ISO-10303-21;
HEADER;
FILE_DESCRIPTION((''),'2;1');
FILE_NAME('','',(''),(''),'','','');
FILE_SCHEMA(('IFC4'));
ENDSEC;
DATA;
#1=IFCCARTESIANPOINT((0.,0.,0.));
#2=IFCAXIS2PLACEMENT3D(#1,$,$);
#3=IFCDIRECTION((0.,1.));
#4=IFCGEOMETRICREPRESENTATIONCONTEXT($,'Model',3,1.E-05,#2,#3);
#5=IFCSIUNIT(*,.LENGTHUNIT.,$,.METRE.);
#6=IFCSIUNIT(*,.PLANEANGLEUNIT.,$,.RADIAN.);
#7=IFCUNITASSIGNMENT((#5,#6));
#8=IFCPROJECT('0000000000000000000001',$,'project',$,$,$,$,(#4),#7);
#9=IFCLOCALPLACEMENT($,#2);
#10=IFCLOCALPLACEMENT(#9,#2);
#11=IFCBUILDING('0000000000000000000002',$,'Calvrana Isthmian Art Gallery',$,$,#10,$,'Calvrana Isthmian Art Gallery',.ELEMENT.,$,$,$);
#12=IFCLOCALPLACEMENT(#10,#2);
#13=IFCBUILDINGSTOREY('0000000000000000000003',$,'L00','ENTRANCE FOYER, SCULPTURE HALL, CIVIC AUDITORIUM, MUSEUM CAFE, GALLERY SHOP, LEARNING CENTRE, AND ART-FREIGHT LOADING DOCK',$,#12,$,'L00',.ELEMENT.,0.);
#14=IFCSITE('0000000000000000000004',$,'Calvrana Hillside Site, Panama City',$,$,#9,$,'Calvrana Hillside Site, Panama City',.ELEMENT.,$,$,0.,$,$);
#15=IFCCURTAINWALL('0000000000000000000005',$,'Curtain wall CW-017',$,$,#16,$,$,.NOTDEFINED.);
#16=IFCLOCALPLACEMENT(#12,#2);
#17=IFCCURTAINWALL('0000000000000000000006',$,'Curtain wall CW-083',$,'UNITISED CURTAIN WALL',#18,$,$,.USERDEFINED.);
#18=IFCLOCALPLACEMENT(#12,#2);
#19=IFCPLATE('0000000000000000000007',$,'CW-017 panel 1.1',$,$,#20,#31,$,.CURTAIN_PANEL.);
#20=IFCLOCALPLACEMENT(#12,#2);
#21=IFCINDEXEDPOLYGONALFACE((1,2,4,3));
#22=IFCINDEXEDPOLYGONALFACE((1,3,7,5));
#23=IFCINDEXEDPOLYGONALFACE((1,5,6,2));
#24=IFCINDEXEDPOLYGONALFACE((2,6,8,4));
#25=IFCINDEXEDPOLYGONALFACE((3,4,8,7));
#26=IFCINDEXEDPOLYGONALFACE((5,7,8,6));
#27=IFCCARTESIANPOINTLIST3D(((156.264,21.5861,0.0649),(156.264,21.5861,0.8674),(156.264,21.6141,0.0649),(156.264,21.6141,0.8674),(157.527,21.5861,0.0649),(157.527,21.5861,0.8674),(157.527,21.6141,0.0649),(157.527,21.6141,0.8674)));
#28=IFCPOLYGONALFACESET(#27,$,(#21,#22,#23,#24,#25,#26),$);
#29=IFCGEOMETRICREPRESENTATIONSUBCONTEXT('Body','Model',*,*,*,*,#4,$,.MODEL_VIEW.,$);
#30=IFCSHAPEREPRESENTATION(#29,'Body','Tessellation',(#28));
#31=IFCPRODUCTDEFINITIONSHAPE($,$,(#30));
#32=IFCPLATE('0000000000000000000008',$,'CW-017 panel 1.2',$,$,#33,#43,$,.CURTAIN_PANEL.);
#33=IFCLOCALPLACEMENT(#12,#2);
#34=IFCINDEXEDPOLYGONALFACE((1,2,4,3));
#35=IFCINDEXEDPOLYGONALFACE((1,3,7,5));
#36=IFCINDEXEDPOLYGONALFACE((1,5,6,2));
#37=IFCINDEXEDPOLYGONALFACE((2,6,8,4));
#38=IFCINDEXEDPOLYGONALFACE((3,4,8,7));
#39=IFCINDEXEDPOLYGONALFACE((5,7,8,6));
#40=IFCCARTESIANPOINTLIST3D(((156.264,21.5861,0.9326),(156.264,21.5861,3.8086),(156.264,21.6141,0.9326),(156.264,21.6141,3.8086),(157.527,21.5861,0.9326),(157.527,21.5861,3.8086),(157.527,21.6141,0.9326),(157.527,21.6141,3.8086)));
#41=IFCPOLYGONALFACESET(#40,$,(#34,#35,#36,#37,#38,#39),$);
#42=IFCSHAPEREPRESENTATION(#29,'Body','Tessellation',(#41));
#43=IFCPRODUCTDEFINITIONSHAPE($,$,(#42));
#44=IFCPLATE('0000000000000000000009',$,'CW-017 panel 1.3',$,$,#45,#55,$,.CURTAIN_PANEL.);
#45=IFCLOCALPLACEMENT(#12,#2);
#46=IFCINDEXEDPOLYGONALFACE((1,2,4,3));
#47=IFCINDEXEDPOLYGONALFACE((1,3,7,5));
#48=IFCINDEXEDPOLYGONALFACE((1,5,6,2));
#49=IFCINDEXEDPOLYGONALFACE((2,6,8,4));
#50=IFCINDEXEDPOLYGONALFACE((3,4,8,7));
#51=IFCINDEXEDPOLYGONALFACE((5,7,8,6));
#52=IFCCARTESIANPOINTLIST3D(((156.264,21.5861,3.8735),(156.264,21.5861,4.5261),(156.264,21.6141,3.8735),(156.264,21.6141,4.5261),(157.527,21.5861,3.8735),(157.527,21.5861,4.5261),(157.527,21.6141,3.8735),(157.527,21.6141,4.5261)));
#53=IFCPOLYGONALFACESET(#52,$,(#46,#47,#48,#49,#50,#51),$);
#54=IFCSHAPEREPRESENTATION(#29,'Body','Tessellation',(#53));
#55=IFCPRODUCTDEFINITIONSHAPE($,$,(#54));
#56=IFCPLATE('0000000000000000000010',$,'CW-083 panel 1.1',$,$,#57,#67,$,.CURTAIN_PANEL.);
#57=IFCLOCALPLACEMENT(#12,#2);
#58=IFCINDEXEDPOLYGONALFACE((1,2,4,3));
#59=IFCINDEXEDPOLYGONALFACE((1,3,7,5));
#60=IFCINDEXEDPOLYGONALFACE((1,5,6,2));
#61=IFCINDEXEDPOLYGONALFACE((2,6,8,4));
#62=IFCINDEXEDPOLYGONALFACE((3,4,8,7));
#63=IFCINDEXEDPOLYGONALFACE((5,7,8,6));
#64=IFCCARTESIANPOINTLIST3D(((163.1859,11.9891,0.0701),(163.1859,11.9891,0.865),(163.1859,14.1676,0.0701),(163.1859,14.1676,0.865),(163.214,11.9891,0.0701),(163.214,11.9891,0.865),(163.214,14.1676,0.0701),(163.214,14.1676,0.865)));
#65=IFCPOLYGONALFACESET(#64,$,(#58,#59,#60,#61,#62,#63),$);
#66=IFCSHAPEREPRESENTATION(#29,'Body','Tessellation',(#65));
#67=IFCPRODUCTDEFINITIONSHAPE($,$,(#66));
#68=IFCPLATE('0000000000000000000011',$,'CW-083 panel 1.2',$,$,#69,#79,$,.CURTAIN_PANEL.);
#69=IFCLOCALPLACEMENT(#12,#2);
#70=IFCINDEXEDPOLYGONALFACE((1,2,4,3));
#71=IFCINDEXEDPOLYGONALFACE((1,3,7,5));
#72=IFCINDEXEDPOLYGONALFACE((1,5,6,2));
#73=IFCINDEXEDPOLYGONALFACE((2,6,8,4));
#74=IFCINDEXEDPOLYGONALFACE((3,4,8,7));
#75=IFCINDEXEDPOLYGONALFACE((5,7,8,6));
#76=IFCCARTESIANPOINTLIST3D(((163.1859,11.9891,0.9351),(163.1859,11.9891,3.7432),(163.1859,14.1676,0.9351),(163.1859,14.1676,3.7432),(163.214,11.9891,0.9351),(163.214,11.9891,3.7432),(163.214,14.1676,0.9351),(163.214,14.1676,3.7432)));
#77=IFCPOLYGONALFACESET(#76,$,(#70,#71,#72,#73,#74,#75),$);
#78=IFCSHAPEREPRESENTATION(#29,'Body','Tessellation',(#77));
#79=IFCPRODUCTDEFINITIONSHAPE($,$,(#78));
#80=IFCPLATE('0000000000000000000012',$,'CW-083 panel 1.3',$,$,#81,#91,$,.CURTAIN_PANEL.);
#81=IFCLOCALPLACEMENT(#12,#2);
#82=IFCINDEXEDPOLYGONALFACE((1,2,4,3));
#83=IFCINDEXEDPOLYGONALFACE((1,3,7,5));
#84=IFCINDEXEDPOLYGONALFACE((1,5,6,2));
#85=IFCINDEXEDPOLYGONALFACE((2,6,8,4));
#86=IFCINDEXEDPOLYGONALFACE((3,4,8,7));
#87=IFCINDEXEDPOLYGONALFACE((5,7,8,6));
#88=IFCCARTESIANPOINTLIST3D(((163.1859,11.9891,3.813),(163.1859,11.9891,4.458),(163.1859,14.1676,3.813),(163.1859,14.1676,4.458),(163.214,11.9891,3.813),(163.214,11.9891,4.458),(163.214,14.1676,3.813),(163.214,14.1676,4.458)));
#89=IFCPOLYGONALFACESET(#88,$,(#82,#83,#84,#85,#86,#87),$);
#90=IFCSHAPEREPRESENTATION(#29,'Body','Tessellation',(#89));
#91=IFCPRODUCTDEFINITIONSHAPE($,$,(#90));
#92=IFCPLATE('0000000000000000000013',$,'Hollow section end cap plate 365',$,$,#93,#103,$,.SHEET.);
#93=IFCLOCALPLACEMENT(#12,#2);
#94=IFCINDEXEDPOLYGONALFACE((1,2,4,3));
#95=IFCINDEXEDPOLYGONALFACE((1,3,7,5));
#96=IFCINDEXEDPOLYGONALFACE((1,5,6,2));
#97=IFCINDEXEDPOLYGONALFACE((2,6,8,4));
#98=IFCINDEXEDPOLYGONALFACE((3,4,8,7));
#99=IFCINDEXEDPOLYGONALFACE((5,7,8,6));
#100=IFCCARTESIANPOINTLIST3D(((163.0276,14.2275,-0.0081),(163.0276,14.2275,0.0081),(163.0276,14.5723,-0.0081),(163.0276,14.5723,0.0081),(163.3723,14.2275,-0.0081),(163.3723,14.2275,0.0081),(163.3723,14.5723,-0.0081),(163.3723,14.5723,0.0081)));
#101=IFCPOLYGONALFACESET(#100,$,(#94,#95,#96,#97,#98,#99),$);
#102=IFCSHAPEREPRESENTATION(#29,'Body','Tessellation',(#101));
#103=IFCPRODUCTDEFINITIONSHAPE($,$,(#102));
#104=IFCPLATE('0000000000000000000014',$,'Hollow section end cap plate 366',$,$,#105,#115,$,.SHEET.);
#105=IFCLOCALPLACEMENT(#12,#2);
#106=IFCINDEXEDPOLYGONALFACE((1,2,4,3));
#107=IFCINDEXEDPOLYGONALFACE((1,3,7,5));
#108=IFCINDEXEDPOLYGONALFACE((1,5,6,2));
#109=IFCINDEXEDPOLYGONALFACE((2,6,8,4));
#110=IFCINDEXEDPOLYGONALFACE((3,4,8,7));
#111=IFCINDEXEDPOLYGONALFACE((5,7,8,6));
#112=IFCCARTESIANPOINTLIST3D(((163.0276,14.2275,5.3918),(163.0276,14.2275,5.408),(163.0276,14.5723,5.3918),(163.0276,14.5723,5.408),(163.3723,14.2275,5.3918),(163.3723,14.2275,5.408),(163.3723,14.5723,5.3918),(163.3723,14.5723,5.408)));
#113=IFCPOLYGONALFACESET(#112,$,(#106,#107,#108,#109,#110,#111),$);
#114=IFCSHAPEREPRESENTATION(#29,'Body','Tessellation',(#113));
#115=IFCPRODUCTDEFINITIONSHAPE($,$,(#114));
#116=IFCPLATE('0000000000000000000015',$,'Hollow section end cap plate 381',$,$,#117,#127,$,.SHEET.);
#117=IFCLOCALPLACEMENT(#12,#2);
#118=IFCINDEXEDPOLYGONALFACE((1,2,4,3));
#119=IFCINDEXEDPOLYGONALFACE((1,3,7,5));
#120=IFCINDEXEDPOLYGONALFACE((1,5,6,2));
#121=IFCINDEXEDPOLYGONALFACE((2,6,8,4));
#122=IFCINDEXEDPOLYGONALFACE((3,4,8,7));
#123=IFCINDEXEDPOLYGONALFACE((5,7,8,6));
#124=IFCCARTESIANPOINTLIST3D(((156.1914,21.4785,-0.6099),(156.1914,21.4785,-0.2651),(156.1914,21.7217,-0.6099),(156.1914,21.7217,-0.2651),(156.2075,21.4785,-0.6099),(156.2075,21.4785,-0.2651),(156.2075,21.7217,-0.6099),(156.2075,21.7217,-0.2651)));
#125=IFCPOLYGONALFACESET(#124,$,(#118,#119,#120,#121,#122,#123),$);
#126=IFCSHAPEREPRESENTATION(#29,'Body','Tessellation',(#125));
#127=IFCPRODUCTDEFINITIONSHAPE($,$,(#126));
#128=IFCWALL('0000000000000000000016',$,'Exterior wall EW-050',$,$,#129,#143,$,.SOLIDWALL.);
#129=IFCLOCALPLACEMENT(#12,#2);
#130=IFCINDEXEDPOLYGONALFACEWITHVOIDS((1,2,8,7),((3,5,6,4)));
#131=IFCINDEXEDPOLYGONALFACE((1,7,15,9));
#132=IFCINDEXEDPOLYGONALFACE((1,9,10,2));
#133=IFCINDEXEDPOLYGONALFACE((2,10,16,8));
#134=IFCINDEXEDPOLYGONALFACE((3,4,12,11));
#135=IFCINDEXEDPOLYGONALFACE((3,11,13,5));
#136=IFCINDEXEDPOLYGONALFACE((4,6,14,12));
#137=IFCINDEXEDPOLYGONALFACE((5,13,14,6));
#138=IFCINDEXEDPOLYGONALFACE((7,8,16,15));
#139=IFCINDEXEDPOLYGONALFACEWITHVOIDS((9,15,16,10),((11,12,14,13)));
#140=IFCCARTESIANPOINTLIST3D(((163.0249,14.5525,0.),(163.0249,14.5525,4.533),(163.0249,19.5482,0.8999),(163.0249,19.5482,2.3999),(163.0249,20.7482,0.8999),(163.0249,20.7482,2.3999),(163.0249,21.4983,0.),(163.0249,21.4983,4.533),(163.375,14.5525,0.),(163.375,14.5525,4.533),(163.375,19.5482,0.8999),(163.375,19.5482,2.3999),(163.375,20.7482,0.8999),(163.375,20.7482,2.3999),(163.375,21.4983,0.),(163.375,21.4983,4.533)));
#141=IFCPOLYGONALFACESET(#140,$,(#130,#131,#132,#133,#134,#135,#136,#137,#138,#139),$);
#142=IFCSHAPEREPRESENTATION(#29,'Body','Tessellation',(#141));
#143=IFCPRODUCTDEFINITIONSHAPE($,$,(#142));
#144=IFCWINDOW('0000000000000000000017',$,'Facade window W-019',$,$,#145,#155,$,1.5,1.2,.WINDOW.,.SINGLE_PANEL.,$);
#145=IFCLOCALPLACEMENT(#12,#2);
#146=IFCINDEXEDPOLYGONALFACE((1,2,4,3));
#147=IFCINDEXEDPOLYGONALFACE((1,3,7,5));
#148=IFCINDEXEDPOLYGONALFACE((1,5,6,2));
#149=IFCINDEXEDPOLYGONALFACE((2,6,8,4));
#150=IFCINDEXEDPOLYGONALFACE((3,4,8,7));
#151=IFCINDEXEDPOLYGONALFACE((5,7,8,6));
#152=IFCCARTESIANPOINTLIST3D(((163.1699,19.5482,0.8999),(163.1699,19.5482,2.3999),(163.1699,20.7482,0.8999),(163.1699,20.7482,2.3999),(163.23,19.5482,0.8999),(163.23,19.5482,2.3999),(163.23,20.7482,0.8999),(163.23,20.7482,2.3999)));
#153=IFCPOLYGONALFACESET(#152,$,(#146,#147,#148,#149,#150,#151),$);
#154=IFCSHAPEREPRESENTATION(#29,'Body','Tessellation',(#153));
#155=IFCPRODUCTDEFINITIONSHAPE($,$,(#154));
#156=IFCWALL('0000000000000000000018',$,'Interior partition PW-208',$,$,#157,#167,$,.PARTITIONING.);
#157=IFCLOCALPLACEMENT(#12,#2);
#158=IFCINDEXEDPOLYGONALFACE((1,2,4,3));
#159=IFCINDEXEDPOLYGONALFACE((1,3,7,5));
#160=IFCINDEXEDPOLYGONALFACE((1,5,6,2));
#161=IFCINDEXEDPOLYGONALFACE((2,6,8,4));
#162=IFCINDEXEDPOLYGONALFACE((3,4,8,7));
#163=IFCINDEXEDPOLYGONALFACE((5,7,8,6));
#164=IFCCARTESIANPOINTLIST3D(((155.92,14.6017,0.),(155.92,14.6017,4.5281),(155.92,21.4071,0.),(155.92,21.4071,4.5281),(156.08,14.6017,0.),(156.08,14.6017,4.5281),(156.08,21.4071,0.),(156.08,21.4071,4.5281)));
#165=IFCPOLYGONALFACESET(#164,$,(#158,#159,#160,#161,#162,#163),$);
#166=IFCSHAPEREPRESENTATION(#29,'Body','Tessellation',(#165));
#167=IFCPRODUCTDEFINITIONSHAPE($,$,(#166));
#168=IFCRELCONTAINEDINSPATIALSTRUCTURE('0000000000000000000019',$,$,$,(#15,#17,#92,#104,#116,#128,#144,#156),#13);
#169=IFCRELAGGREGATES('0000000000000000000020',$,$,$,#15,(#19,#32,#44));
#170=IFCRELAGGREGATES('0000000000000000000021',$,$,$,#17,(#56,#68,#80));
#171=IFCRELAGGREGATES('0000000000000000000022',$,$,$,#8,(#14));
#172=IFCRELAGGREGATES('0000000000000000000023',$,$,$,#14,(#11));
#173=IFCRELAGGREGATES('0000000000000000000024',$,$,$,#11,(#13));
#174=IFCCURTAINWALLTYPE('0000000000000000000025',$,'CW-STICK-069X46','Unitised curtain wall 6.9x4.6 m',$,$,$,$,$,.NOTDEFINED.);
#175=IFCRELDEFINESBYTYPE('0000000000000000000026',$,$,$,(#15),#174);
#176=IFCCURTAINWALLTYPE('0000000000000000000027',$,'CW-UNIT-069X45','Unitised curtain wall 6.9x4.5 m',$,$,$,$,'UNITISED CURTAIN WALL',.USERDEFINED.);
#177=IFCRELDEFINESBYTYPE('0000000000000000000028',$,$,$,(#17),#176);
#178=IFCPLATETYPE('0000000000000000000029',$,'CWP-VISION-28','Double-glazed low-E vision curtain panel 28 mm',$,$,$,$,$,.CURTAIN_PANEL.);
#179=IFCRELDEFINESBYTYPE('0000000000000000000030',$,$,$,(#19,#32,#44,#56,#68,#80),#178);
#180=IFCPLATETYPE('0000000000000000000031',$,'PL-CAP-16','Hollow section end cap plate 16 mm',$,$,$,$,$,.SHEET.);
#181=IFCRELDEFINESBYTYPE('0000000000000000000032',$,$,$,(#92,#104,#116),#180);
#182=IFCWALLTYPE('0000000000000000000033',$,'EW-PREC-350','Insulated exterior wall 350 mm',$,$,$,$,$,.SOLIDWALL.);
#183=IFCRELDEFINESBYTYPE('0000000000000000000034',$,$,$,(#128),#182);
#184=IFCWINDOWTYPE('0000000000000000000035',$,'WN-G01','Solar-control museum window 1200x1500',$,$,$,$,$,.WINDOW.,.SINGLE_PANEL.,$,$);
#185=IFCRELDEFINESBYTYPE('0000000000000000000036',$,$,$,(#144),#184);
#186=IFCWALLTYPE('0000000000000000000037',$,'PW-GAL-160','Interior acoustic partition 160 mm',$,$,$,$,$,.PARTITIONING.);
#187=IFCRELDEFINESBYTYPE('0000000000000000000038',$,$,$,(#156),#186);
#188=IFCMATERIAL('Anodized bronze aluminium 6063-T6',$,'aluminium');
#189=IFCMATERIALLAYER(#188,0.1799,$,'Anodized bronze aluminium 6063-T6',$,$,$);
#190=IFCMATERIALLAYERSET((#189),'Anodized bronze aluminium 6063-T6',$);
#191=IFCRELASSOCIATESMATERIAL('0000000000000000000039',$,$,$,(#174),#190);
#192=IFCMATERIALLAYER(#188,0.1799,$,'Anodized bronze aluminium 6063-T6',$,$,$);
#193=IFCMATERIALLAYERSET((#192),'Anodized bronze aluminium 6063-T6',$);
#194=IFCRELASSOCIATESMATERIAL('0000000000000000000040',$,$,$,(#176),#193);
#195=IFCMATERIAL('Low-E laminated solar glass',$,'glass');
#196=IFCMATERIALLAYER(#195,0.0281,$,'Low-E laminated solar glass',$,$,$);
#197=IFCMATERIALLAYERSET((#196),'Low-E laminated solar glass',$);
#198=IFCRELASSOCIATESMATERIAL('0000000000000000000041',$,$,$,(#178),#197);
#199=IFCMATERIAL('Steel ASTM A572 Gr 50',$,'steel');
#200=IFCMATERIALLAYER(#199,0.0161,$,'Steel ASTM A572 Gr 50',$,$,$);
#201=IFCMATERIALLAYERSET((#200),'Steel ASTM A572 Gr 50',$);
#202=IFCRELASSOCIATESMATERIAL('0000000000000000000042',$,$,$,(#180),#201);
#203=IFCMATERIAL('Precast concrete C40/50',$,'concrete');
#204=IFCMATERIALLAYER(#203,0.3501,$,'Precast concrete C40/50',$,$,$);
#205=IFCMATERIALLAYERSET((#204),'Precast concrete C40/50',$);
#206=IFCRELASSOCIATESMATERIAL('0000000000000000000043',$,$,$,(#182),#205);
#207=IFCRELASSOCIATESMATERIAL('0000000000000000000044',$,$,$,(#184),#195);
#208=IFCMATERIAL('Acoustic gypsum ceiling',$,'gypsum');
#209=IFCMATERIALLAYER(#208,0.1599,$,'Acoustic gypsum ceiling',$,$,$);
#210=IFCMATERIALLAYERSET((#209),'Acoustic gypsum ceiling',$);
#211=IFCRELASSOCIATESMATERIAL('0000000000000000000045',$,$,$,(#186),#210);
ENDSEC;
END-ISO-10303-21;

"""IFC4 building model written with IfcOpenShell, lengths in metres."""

from ifc_helpers import new_model, si_unit, direction, frame, frame_2d, origin, origin_2d, place, context, subcontext, project, spatial, rectangle, extrude, material, layer, layer_set, type_object, element, fill, aggregate, save


model = new_model("IFC4")

# Units and contexts
model_context = context("Model", 3, precision=1e-05, world=origin(), true_north=direction((0.0, 1.0)))
body_context = subcontext(model_context, "Body", "Model", "MODEL_VIEW")
ifc_project = project(units=[si_unit("LENGTHUNIT", "METRE"), si_unit("PLANEANGLEUNIT", "RADIAN")], contexts=[model_context])

# Site, building, storey
site_placement = place(None, origin())
site = spatial("IfcSite", under=ifc_project, at=site_placement, Name="Calvrana Hillside Site, Panama City", LongName="Calvrana Hillside Site, Panama City", CompositionType="ELEMENT", RefElevation=0.0)
building_placement = place(site_placement, origin())
building = spatial("IfcBuilding", under=site, at=building_placement, Name="Calvrana Isthmian Art Gallery", LongName="Calvrana Isthmian Art Gallery", CompositionType="ELEMENT")
storey_placement = place(building_placement, origin())
storey = spatial("IfcBuildingStorey", under=building, at=storey_placement, Name="L00", Description="ENTRANCE FOYER, SCULPTURE HALL, CIVIC AUDITORIUM, MUSEUM CAFE, GALLERY SHOP, LEARNING CENTRE, AND ART-FREIGHT LOADING DOCK", LongName="L00", CompositionType="ELEMENT", Elevation=0.0)

# Curtain walls
ifc_material_1 = material(Name="Anodized bronze aluminium 6063-T6", Category="aluminium")
ifc_layer_1 = layer(ifc_material_1, 0.1799, Name="Anodized bronze aluminium 6063-T6")
ifc_layer_set_1 = layer_set([ifc_layer_1], Name="Anodized bronze aluminium 6063-T6")
curtain_wall_type_1 = type_object("IfcCurtainWallType", Name="CW-STICK-069X46", Description="Unitised curtain wall 6.9x4.6 m", PredefinedType="NOTDEFINED", material=ifc_layer_set_1)
curtain_wall_1_placement = place(storey_placement, origin())
curtain_wall_1 = element("IfcCurtainWall", 1, at=curtain_wall_1_placement, inside=storey, type_object=curtain_wall_type_1, Name="Curtain wall CW-017", PredefinedType="NOTDEFINED")
ifc_layer_2 = layer(ifc_material_1, 0.1799, Name="Anodized bronze aluminium 6063-T6")
ifc_layer_set_2 = layer_set([ifc_layer_2], Name="Anodized bronze aluminium 6063-T6")
curtain_wall_type_2 = type_object("IfcCurtainWallType", Name="CW-UNIT-069X45", Description="Unitised curtain wall 6.9x4.5 m", ElementType="UNITISED CURTAIN WALL", PredefinedType="USERDEFINED", material=ifc_layer_set_2)
curtain_wall_2_placement = place(storey_placement, origin())
curtain_wall_2 = element("IfcCurtainWall", 2, at=curtain_wall_2_placement, inside=storey, type_object=curtain_wall_type_2, Name="Curtain wall CW-083", ObjectType="UNITISED CURTAIN WALL", PredefinedType="USERDEFINED")

# Plates
ifc_material_2 = material(Name="Low-E laminated solar glass", Category="glass")
ifc_layer_3 = layer(ifc_material_2, 0.0281, Name="Low-E laminated solar glass")
ifc_layer_set_3 = layer_set([ifc_layer_3], Name="Low-E laminated solar glass")
plate_type_1 = type_object("IfcPlateType", Name="CWP-VISION-28", Description="Double-glazed low-E vision curtain panel 28 mm", PredefinedType="CURTAIN_PANEL", material=ifc_layer_set_3)
plate_1_placement = place(storey_placement, frame((156.8955, 21.6001, 0.0649), z_axis=(0.0, 0.0, 1.0), x_axis=(1.0, 0.0, 0.0)))
plate_1 = element("IfcPlate", 3, at=plate_1_placement, type_object=plate_type_1, Name="CW-017 panel 1.1", PredefinedType="CURTAIN_PANEL", context=body_context, shape_type="SweptSolid", body=[
    extrude(rectangle(XDim=1.2629, YDim=0.0281, at=origin_2d()), origin(), (0.0, 0.0, 1.0), 0.8025),
])
plate_2_placement = place(storey_placement, frame((156.8955, 21.6001, 0.9326), z_axis=(0.0, 0.0, 1.0), x_axis=(1.0, 0.0, 0.0)))
plate_2 = element("IfcPlate", 4, at=plate_2_placement, type_object=plate_type_1, Name="CW-017 panel 1.2", PredefinedType="CURTAIN_PANEL", context=body_context, shape_type="SweptSolid", body=[
    extrude(rectangle(XDim=1.2629, YDim=0.0281, at=origin_2d()), origin(), (0.0, 0.0, 1.0), 2.876),
])
plate_3_placement = place(storey_placement, frame((156.8955, 21.6001, 3.8735), z_axis=(0.0, 0.0, 1.0), x_axis=(1.0, 0.0, 0.0)))
plate_3 = element("IfcPlate", 5, at=plate_3_placement, type_object=plate_type_1, Name="CW-017 panel 1.3", PredefinedType="CURTAIN_PANEL", context=body_context, shape_type="SweptSolid", body=[
    extrude(rectangle(XDim=1.2629, YDim=0.0281, at=origin_2d()), origin(), (0.0, 0.0, 1.0), 0.6526),
])
aggregate(curtain_wall_1, [plate_1, plate_2, plate_3])
plate_4_placement = place(storey_placement, frame((163.2, 13.0784, 0.0701), z_axis=(0.0, 0.0, 1.0), x_axis=(0.0, -1.0, 0.0)))
plate_4 = element("IfcPlate", 6, at=plate_4_placement, type_object=plate_type_1, Name="CW-083 panel 1.1", PredefinedType="CURTAIN_PANEL", context=body_context, shape_type="SweptSolid", body=[
    extrude(rectangle(XDim=2.1785, YDim=0.0281, at=origin_2d()), origin(), (0.0, 0.0, 1.0), 0.7949),
])
plate_5_placement = place(storey_placement, frame((163.2, 13.0784, 0.9351), z_axis=(0.0, 0.0, 1.0), x_axis=(0.0, -1.0, 0.0)))
plate_5 = element("IfcPlate", 7, at=plate_5_placement, type_object=plate_type_1, Name="CW-083 panel 1.2", PredefinedType="CURTAIN_PANEL", context=body_context, shape_type="SweptSolid", body=[
    extrude(rectangle(XDim=2.1785, YDim=0.0281, at=origin_2d()), origin(), (0.0, 0.0, 1.0), 2.8081),
])
plate_6_placement = place(storey_placement, frame((163.2, 13.0784, 3.813), z_axis=(0.0, 0.0, 1.0), x_axis=(0.0, -1.0, 0.0)))
plate_6 = element("IfcPlate", 8, at=plate_6_placement, type_object=plate_type_1, Name="CW-083 panel 1.3", PredefinedType="CURTAIN_PANEL", context=body_context, shape_type="SweptSolid", body=[
    extrude(rectangle(XDim=2.1785, YDim=0.0281, at=origin_2d()), origin(), (0.0, 0.0, 1.0), 0.645),
])
aggregate(curtain_wall_2, [plate_4, plate_5, plate_6])

# Plates
ifc_material_3 = material(Name="Steel ASTM A572 Gr 50", Category="steel")
ifc_layer_4 = layer(ifc_material_3, 0.0161, Name="Steel ASTM A572 Gr 50")
ifc_layer_set_4 = layer_set([ifc_layer_4], Name="Steel ASTM A572 Gr 50")
plate_type_2 = type_object("IfcPlateType", Name="PL-CAP-16", Description="Hollow section end cap plate 16 mm", PredefinedType="SHEET", material=ifc_layer_set_4)
for number, where, z_axis, x_axis, name in (
    (9, (163.2, 14.3999, -0.0081), (0.0, 0.0, 1.0), (1.0, 0.0, 0.0), "Hollow section end cap plate 365"),
    (10, (163.2, 14.3999, 5.3918), (0.0, 0.0, 1.0), (1.0, 0.0, 0.0), "Hollow section end cap plate 366"),
):
    element("IfcPlate", number, at=place(storey_placement, frame(where, z_axis=z_axis, x_axis=x_axis)), inside=storey, type_object=plate_type_2, Name=name, PredefinedType="SHEET", context=body_context, shape_type="SweptSolid", body=[
        extrude(rectangle(XDim=0.3447, YDim=0.3447, at=origin_2d()), origin(), (0.0, 0.0, 1.0), 0.0161),
    ])
plate_7_placement = place(storey_placement, frame((156.1995, 21.6001, -0.6099), z_axis=(0.0, 0.0, 1.0), x_axis=(1.0, 0.0, 0.0)))
element("IfcPlate", 11, at=plate_7_placement, inside=storey, type_object=plate_type_2, Name="Hollow section end cap plate 381", PredefinedType="SHEET", context=body_context, shape_type="SweptSolid", body=[
    extrude(rectangle(XDim=0.0161, YDim=0.2432, at=origin_2d()), origin(), (0.0, 0.0, 1.0), 0.3447),
])

# Wall, opening, window
ifc_material_4 = material(Name="Precast concrete C40/50", Category="concrete")
ifc_layer_5 = layer(ifc_material_4, 0.3501, Name="Precast concrete C40/50")
ifc_layer_set_5 = layer_set([ifc_layer_5], Name="Precast concrete C40/50")
wall_type_1 = type_object("IfcWallType", Name="EW-PREC-350", Description="Insulated exterior wall 350 mm", PredefinedType="SOLIDWALL", material=ifc_layer_set_5)
wall_1_placement = place(storey_placement, frame((163.2, 21.4983, 0.0), z_axis=(0.0, 0.0, 1.0), x_axis=(0.0, -1.0, 0.0)))
wall_1 = element("IfcWall", 12, at=wall_1_placement, inside=storey, type_object=wall_type_1, Name="Exterior wall EW-050", PredefinedType="SOLIDWALL", context=body_context, shape_type="SweptSolid", body=[
    extrude(rectangle(XDim=6.9458, YDim=0.3501, at=frame_2d((3.4729, 0.0))), origin(), (0.0, 0.0, 1.0), 4.533),
])
opening_placement = place(wall_1_placement, frame((0.75, 0.0, 0.8999)))
opening = element("IfcOpeningElement", 13, at=opening_placement, cuts=wall_1, PredefinedType="OPENING", context=body_context, shape_type="SweptSolid", body=[
    extrude(rectangle(XDim=1.2, YDim=1.5, at=frame_2d((0.6001, 0.75))), frame((0.0, 0.1853, 0.0), z_axis=(0.0, -1.0, 0.0), x_axis=(1.0, 0.0, 0.0)), (0.0, 0.0, 1.0), 0.3706),
])
window_type = type_object("IfcWindowType", Name="WN-G01", Description="Solar-control museum window 1200x1500", PartitioningType="SINGLE_PANEL", PredefinedType="WINDOW", material=ifc_material_2)
window_placement = place(opening_placement, origin())
window = element("IfcWindow", 14, at=window_placement, inside=storey, type_object=window_type, Name="Facade window W-019", OverallHeight=1.5, OverallWidth=1.2, PartitioningType="SINGLE_PANEL", PredefinedType="WINDOW", context=body_context, shape_type="SweptSolid", body=[
    extrude(rectangle(XDim=1.2, YDim=1.5, at=frame_2d((0.6001, 0.75))), frame((0.0, 0.03, 0.0), z_axis=(0.0, -1.0, 0.0), x_axis=(1.0, 0.0, 0.0)), (0.0, 0.0, 1.0), 0.0601),
])
fill(opening, window)

# Wall
ifc_material_5 = material(Name="Acoustic gypsum ceiling", Category="gypsum")
ifc_layer_6 = layer(ifc_material_5, 0.1599, Name="Acoustic gypsum ceiling")
ifc_layer_set_6 = layer_set([ifc_layer_6], Name="Acoustic gypsum ceiling")
wall_type_2 = type_object("IfcWallType", Name="PW-GAL-160", Description="Interior acoustic partition 160 mm", PredefinedType="PARTITIONING", material=ifc_layer_set_6)
wall_2_placement = place(storey_placement, frame((156.0, 14.6016, 0.0), z_axis=(0.0, 0.0, 1.0), x_axis=(0.0, 1.0, 0.0)))
element("IfcWall", 15, at=wall_2_placement, inside=storey, type_object=wall_type_2, Name="Interior partition PW-208", PredefinedType="PARTITIONING", context=body_context, shape_type="SweptSolid", body=[
    extrude(rectangle(XDim=6.8054, YDim=0.1599, at=frame_2d((3.4028, 0.0))), origin(), (0.0, 0.0, 1.0), 4.5281),
])

save(model, "model.ifc")
